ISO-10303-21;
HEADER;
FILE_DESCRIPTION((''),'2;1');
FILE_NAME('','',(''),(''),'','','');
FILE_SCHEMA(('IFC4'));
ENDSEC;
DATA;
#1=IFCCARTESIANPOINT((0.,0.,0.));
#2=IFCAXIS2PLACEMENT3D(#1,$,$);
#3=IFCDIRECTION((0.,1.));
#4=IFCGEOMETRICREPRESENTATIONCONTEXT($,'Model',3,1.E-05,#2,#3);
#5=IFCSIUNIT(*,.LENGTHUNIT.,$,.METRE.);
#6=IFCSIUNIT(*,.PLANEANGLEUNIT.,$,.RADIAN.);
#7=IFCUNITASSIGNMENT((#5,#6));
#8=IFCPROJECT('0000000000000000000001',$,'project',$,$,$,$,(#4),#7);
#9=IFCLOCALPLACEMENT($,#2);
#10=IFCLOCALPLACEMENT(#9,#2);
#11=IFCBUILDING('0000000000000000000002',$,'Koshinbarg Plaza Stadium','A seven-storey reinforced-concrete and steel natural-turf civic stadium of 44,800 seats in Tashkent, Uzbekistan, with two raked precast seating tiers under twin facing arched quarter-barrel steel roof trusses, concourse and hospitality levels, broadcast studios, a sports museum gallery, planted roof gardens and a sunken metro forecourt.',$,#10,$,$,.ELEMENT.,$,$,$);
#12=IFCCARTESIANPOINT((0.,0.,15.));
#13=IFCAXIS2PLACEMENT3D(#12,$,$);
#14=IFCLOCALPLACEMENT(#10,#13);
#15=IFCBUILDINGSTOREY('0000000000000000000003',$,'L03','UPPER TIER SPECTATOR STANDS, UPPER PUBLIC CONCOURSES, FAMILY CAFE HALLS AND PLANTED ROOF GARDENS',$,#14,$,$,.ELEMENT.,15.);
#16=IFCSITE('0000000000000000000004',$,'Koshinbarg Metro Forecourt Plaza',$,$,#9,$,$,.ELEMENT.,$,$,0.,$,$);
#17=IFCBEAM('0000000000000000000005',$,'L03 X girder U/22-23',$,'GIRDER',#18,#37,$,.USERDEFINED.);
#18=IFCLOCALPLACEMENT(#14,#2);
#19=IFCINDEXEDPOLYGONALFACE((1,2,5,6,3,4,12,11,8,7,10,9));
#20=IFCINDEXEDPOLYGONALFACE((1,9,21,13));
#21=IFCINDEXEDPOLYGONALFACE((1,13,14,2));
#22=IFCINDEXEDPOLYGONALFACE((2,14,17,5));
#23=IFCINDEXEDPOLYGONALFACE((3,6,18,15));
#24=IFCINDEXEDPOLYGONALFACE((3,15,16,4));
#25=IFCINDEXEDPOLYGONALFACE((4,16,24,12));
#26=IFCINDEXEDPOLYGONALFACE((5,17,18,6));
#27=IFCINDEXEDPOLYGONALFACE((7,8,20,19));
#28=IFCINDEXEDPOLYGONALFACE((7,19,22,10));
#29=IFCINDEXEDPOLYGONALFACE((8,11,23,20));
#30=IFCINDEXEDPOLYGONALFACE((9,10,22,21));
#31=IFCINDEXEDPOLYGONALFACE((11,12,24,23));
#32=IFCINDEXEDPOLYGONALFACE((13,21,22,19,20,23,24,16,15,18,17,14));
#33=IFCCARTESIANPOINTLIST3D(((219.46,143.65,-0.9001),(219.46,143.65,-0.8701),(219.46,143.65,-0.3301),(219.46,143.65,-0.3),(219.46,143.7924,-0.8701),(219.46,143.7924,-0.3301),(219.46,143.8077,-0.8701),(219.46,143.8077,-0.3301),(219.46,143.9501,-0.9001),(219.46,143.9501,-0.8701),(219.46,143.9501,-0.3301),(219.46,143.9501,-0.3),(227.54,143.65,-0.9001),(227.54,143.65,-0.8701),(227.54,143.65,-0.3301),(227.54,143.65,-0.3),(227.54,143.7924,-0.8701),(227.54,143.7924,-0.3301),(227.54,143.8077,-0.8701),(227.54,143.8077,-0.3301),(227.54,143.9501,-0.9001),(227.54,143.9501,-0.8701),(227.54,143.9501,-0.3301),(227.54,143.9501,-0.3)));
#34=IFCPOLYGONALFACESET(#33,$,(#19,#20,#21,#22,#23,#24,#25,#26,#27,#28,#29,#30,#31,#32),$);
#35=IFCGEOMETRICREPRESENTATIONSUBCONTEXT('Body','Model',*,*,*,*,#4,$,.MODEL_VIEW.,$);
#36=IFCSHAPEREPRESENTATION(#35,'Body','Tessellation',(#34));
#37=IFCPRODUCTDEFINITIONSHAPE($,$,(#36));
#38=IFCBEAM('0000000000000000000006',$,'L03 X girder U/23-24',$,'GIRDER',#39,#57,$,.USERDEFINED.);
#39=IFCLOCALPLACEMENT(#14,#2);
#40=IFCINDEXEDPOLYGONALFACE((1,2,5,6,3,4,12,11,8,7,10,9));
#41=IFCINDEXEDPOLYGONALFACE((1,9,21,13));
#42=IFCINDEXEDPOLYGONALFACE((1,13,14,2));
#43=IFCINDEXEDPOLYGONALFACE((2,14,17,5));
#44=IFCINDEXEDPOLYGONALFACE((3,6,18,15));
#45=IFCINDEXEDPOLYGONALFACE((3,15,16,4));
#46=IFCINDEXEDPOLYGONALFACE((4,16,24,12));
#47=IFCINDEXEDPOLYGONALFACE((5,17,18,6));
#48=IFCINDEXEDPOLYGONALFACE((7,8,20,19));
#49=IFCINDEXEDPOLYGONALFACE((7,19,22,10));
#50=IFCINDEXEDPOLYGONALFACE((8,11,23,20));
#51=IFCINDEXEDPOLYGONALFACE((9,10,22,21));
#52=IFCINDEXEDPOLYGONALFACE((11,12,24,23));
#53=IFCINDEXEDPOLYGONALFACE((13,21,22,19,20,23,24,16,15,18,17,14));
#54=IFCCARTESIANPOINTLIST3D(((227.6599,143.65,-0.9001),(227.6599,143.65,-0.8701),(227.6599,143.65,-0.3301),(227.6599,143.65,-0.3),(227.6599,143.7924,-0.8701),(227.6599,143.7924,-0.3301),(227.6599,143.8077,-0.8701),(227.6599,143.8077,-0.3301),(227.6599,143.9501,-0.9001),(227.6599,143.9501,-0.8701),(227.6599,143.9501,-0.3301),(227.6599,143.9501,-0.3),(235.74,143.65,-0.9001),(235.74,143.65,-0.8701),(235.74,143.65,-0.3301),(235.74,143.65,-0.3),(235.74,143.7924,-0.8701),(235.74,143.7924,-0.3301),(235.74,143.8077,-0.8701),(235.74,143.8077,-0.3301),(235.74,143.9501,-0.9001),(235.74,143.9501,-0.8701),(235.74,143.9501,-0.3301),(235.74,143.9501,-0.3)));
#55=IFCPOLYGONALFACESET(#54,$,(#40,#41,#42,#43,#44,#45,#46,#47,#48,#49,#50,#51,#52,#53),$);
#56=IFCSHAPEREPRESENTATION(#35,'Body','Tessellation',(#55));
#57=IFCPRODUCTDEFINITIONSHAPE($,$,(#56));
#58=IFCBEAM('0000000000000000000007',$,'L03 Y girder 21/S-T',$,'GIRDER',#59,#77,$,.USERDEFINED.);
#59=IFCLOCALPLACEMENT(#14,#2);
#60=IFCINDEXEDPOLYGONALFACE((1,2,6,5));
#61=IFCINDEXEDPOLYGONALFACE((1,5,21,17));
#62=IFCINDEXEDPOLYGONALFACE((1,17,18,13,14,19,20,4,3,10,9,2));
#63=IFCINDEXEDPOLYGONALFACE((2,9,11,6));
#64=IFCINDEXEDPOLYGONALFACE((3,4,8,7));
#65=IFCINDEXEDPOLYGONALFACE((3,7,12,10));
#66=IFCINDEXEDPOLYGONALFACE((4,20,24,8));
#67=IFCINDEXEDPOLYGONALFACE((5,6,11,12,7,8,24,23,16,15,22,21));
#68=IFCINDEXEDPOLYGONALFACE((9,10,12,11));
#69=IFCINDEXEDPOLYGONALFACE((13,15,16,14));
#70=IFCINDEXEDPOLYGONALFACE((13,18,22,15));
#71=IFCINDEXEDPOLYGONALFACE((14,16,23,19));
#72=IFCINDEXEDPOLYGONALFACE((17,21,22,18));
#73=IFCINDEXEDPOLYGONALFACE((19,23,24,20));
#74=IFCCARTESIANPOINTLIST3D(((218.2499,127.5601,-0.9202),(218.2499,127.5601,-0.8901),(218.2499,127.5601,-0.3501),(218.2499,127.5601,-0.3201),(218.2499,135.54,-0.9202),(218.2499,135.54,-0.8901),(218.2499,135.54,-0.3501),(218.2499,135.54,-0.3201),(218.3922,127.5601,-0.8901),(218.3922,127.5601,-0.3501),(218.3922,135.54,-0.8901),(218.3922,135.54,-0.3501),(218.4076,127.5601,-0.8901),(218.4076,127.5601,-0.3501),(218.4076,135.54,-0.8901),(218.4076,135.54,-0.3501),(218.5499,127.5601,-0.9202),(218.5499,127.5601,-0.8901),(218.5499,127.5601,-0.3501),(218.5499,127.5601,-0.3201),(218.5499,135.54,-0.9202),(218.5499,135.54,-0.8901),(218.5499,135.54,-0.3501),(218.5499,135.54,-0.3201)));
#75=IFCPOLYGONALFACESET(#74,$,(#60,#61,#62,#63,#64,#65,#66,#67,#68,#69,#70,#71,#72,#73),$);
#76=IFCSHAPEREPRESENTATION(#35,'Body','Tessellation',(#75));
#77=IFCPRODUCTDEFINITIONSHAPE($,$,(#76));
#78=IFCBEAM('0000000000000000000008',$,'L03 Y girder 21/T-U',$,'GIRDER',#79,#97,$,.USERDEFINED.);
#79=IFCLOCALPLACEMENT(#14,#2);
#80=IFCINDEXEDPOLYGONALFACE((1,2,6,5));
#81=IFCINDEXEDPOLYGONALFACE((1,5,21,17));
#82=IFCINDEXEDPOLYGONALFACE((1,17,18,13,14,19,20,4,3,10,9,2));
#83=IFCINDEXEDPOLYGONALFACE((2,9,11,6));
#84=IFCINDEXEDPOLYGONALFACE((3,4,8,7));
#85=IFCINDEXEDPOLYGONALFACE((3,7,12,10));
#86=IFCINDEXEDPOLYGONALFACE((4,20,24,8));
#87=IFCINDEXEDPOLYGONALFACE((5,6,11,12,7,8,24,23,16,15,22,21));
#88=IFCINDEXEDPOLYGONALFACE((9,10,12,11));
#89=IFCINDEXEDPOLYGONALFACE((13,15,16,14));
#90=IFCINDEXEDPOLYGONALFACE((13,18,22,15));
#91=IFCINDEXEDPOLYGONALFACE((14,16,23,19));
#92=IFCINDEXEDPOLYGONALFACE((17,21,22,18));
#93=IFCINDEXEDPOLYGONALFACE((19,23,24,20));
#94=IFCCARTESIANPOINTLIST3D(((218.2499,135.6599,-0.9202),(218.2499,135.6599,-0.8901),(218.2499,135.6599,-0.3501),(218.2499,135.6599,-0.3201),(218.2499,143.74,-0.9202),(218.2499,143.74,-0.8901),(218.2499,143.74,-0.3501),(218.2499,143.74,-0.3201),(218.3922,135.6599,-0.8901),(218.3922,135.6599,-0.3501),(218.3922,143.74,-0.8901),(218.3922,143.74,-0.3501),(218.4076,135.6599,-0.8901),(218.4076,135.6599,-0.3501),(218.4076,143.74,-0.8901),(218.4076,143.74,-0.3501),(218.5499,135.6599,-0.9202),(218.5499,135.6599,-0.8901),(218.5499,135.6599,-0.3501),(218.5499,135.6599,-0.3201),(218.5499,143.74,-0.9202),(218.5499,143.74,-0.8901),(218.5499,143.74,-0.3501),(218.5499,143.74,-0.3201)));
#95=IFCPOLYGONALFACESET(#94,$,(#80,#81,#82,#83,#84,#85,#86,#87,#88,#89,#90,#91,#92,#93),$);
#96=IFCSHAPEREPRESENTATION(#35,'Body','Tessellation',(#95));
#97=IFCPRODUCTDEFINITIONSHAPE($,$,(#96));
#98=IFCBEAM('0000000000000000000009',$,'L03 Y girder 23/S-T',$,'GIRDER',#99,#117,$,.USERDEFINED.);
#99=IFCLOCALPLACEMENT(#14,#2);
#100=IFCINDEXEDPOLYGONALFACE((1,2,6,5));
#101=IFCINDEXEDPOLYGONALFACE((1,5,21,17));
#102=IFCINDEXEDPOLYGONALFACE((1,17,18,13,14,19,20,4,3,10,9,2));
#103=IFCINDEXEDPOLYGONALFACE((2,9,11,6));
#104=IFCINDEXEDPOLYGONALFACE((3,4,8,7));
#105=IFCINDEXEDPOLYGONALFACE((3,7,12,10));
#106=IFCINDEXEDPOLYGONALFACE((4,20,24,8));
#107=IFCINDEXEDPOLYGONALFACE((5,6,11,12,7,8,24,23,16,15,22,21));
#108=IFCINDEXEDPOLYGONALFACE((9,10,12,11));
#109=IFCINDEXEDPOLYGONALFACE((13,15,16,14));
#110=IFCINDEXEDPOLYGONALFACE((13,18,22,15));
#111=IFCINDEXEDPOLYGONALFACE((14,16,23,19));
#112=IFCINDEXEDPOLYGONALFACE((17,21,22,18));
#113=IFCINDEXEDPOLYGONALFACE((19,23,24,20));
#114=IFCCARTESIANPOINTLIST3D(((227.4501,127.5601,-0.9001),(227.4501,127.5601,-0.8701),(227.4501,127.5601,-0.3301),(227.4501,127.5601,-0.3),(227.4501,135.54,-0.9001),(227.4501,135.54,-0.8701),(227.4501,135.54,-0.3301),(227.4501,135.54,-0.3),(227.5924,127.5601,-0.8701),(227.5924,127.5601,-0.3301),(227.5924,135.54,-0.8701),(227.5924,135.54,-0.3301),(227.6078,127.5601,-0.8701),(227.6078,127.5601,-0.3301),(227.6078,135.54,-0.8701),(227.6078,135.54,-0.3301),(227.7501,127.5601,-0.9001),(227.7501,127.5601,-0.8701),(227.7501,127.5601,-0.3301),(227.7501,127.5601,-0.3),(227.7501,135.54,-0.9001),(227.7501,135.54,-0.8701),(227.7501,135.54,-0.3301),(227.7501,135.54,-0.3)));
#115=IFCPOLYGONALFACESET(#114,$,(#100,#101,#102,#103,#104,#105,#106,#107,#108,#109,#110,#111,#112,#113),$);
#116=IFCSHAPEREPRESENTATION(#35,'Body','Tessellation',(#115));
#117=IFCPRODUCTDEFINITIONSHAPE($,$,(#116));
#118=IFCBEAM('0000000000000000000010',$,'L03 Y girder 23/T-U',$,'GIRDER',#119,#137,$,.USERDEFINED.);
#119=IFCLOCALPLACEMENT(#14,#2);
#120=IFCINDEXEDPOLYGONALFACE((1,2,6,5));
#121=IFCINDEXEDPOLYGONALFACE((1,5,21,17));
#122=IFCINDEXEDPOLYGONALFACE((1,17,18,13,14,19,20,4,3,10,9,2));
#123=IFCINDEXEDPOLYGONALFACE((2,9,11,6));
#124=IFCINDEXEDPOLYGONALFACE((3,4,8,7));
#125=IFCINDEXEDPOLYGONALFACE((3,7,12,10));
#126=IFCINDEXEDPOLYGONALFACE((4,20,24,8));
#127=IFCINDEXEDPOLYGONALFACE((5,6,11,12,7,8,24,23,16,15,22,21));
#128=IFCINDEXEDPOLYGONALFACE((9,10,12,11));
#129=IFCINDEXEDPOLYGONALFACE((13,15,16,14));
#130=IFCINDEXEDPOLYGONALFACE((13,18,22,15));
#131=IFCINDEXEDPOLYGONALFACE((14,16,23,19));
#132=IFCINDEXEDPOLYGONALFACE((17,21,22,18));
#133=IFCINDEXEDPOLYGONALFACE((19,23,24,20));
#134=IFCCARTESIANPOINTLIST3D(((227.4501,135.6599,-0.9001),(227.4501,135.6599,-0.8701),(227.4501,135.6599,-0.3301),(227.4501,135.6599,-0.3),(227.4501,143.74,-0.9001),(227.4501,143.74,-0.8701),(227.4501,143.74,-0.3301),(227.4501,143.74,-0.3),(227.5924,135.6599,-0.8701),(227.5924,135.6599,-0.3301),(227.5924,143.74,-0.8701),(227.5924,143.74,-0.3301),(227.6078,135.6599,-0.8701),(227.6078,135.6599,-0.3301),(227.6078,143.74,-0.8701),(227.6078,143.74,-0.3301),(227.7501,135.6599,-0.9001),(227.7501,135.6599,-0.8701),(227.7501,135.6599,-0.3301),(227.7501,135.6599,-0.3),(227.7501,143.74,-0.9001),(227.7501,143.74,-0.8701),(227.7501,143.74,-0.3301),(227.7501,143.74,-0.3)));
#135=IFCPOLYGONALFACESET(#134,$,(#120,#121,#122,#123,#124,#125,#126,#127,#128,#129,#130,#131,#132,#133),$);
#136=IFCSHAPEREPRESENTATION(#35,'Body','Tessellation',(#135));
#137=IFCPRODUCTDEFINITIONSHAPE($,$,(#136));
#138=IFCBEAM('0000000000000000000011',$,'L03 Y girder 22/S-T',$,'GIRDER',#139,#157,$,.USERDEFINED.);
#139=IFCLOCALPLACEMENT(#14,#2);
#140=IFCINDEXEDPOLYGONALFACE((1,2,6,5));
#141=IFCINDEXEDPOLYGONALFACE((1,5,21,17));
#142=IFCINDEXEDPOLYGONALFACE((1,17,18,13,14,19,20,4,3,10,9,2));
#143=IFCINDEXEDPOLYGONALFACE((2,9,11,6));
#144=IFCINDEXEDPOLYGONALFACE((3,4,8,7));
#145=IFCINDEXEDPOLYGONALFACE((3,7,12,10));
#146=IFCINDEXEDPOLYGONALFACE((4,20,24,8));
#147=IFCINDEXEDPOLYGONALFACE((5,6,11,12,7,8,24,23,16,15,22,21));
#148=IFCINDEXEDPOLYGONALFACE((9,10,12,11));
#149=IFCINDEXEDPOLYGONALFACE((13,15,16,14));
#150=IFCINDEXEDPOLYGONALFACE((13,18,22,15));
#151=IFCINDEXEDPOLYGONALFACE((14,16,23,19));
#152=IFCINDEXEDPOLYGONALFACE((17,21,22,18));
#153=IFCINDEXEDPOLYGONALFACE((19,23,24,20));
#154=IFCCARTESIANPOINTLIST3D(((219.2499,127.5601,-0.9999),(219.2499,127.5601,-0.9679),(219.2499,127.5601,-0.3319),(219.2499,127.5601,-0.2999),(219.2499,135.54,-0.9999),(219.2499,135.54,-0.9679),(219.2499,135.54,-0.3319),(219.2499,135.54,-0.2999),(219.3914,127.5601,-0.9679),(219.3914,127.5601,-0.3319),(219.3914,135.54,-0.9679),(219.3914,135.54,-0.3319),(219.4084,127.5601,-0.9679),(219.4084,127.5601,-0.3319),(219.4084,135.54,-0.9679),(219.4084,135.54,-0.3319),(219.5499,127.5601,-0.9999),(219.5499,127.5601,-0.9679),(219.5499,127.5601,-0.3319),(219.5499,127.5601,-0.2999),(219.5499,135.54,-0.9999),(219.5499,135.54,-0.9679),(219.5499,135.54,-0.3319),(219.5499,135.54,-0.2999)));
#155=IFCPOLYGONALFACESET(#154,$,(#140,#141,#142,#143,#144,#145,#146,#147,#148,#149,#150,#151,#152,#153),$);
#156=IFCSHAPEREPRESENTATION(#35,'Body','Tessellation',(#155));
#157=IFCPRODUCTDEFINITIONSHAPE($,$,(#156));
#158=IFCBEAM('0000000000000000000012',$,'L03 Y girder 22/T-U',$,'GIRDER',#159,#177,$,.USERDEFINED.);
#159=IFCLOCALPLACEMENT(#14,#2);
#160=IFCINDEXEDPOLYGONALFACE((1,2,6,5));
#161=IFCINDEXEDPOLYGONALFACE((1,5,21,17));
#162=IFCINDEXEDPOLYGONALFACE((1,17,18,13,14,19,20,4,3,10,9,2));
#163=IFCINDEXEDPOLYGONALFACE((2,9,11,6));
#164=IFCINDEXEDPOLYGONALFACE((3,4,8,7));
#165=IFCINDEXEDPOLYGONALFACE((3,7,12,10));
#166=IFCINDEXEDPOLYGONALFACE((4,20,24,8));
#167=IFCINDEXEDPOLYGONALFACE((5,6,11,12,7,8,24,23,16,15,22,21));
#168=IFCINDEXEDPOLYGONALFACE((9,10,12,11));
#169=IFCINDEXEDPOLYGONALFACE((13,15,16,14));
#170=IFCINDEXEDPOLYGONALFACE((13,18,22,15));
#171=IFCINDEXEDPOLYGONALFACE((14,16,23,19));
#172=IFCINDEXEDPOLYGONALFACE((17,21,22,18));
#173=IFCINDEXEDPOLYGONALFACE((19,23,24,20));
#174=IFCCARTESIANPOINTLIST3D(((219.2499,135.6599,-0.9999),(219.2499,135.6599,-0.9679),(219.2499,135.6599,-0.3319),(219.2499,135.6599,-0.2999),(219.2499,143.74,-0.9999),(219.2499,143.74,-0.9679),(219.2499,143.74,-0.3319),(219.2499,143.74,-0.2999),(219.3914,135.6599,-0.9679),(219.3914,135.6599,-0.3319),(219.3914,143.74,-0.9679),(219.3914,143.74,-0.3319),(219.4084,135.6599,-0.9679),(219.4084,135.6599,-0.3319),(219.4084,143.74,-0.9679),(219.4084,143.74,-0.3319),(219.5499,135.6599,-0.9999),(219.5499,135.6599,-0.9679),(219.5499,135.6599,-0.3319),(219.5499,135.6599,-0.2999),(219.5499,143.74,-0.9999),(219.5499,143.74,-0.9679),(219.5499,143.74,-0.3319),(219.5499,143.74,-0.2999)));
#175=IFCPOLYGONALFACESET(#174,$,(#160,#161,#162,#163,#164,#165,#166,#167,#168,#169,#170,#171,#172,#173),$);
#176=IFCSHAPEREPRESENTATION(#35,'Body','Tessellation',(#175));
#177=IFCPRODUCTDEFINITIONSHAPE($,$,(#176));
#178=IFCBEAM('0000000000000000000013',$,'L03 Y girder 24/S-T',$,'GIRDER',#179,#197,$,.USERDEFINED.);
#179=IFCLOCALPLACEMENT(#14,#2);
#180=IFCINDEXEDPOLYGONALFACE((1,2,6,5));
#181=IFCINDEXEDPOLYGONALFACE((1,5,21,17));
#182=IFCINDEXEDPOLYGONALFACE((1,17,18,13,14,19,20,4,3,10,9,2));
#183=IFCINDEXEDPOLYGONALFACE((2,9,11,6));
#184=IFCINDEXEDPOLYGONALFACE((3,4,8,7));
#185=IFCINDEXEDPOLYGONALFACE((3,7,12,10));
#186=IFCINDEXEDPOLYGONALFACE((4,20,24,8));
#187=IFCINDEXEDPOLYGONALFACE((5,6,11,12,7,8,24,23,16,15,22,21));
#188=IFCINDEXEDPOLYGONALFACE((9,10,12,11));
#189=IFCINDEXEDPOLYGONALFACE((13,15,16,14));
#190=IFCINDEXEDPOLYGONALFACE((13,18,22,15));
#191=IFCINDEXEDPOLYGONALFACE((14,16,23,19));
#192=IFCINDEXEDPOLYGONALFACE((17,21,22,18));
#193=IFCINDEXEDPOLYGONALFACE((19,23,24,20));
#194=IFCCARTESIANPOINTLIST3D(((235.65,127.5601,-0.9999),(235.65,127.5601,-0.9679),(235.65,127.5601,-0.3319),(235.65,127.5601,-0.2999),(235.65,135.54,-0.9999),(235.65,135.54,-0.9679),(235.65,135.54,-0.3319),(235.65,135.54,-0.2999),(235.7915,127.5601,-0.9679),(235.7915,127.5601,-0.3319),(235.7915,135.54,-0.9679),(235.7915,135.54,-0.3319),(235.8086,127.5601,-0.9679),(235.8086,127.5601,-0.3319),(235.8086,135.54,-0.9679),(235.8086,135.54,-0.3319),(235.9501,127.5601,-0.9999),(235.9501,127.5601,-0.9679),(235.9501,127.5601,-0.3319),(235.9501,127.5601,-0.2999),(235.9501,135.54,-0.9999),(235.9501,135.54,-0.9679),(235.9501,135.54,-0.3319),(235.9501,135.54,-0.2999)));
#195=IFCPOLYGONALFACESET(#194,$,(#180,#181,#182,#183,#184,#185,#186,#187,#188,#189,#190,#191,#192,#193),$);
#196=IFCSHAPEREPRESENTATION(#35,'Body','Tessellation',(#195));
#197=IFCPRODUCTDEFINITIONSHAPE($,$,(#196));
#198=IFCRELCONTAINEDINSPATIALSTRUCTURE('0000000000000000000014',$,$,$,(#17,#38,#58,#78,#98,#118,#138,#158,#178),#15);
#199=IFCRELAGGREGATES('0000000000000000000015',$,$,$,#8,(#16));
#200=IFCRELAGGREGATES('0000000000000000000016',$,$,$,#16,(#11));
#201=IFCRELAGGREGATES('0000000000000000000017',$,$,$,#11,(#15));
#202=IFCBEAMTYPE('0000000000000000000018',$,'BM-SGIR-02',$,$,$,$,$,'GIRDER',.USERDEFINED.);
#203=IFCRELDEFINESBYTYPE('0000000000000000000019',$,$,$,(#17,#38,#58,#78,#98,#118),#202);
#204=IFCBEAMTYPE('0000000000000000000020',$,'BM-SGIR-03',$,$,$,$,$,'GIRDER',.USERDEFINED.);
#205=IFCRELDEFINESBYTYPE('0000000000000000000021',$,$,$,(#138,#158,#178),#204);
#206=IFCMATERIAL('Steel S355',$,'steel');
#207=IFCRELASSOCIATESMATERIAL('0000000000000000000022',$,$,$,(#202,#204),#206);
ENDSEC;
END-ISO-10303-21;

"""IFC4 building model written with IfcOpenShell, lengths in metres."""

from ifc_helpers import new_model, si_unit, direction, frame, origin, origin_2d, place, context, subcontext, project, spatial, i_section, extrude, material, material_profile, profile_set, type_object, element, save


model = new_model("IFC4")

# Units and contexts
model_context = context("Model", 3, precision=1e-05, world=origin(), true_north=direction((0.0, 1.0)))
body_context = subcontext(model_context, "Body", "Model", "MODEL_VIEW")
ifc_project = project(units=[si_unit("LENGTHUNIT", "METRE"), si_unit("PLANEANGLEUNIT", "RADIAN")], contexts=[model_context])

# Site, building, storey
site_placement = place(None, origin())
site = spatial("IfcSite", under=ifc_project, at=site_placement, Name="Koshinbarg Metro Forecourt Plaza", CompositionType="ELEMENT", RefElevation=0.0)
building_placement = place(site_placement, origin())
building = spatial("IfcBuilding", under=site, at=building_placement, Name="Koshinbarg Plaza Stadium", Description="A seven-storey reinforced-concrete and steel natural-turf civic stadium of 44,800 seats in Tashkent, Uzbekistan, with two raked precast seating tiers under twin facing arched quarter-barrel steel roof trusses, concourse and hospitality levels, broadcast studios, a sports museum gallery, planted roof gardens and a sunken metro forecourt.", CompositionType="ELEMENT")
storey_placement = place(building_placement, frame((0.0, 0.0, 15.0)))
storey = spatial("IfcBuildingStorey", under=building, at=storey_placement, Name="L03", Description="UPPER TIER SPECTATOR STANDS, UPPER PUBLIC CONCOURSES, FAMILY CAFE HALLS AND PLANTED ROOF GARDENS", CompositionType="ELEMENT", Elevation=15.0)

# Beams
ifc_material_1 = material(Name="Steel S355", Category="steel")
ifc_material_profile_1 = material_profile(ifc_material_1, i_section(OverallWidth=0.3, OverallDepth=0.6001, WebThickness=0.0154, FlangeThickness=0.03, at=origin_2d()), Name="HEB 600")
ifc_profile_set_1 = profile_set([ifc_material_profile_1], Name="Steel S355")
beam_type_1 = type_object("IfcBeamType", Name="BM-SGIR-02", ElementType="GIRDER", PredefinedType="USERDEFINED", material=ifc_profile_set_1)
for number, where, z_axis, x_axis, name in (
    (1, (219.46, 143.8, -0.6001), (1.0, 0.0, 0.0), (0.0, 1.0, 0.0), "L03 X girder U/22-23"),
    (2, (227.6599, 143.8, -0.6001), (1.0, 0.0, 0.0), (0.0, 1.0, 0.0), "L03 X girder U/23-24"),
):
    element("IfcBeam", number, at=place(storey_placement, frame(where, z_axis=z_axis, x_axis=x_axis)), inside=storey, type_object=beam_type_1, Name=name, ObjectType="GIRDER", PredefinedType="USERDEFINED", context=body_context, shape_type="SweptSolid", body=[
        extrude(i_section(OverallWidth=0.3, OverallDepth=0.6001, WebThickness=0.0154, FlangeThickness=0.03, at=origin_2d()), origin(), (0.0, 0.0, 1.0), 8.0801),
    ])
beam_1_placement = place(storey_placement, frame((218.3999, 127.5601, -0.6201), z_axis=(0.0, 1.0, 0.0), x_axis=(-1.0, 0.0, 0.0)))
element("IfcBeam", 3, at=beam_1_placement, inside=storey, type_object=beam_type_1, Name="L03 Y girder 21/S-T", ObjectType="GIRDER", PredefinedType="USERDEFINED", context=body_context, shape_type="SweptSolid", body=[
    extrude(i_section(OverallWidth=0.3, OverallDepth=0.6001, WebThickness=0.0154, FlangeThickness=0.03, at=origin_2d()), origin(), (0.0, 0.0, 1.0), 7.98),
])
beam_2_placement = place(storey_placement, frame((218.3999, 135.6599, -0.6201), z_axis=(0.0, 1.0, 0.0), x_axis=(-1.0, 0.0, 0.0)))
element("IfcBeam", 4, at=beam_2_placement, inside=storey, type_object=beam_type_1, Name="L03 Y girder 21/T-U", ObjectType="GIRDER", PredefinedType="USERDEFINED", context=body_context, shape_type="SweptSolid", body=[
    extrude(i_section(OverallWidth=0.3, OverallDepth=0.6001, WebThickness=0.0154, FlangeThickness=0.03, at=origin_2d()), origin(), (0.0, 0.0, 1.0), 8.0801),
])
beam_3_placement = place(storey_placement, frame((227.6001, 127.5601, -0.6001), z_axis=(0.0, 1.0, 0.0), x_axis=(-1.0, 0.0, 0.0)))
element("IfcBeam", 5, at=beam_3_placement, inside=storey, type_object=beam_type_1, Name="L03 Y girder 23/S-T", ObjectType="GIRDER", PredefinedType="USERDEFINED", context=body_context, shape_type="SweptSolid", body=[
    extrude(i_section(OverallWidth=0.3, OverallDepth=0.6001, WebThickness=0.0154, FlangeThickness=0.03, at=origin_2d()), origin(), (0.0, 0.0, 1.0), 7.98),
])
beam_4_placement = place(storey_placement, frame((227.6001, 135.6599, -0.6001), z_axis=(0.0, 1.0, 0.0), x_axis=(-1.0, 0.0, 0.0)))
element("IfcBeam", 6, at=beam_4_placement, inside=storey, type_object=beam_type_1, Name="L03 Y girder 23/T-U", ObjectType="GIRDER", PredefinedType="USERDEFINED", context=body_context, shape_type="SweptSolid", body=[
    extrude(i_section(OverallWidth=0.3, OverallDepth=0.6001, WebThickness=0.0154, FlangeThickness=0.03, at=origin_2d()), origin(), (0.0, 0.0, 1.0), 8.0801),
])
ifc_material_profile_2 = material_profile(ifc_material_1, i_section(OverallWidth=0.3, OverallDepth=0.7, WebThickness=0.0171, FlangeThickness=0.032, at=origin_2d()), Name="HEB 700")
ifc_profile_set_2 = profile_set([ifc_material_profile_2], Name="Steel S355")
beam_type_2 = type_object("IfcBeamType", Name="BM-SGIR-03", ElementType="GIRDER", PredefinedType="USERDEFINED", material=ifc_profile_set_2)
beam_5_placement = place(storey_placement, frame((219.3999, 127.5601, -0.6499), z_axis=(0.0, 1.0, 0.0), x_axis=(-1.0, 0.0, 0.0)))
element("IfcBeam", 7, at=beam_5_placement, inside=storey, type_object=beam_type_2, Name="L03 Y girder 22/S-T", ObjectType="GIRDER", PredefinedType="USERDEFINED", context=body_context, shape_type="SweptSolid", body=[
    extrude(i_section(OverallWidth=0.3, OverallDepth=0.7, WebThickness=0.0171, FlangeThickness=0.032, at=origin_2d()), origin(), (0.0, 0.0, 1.0), 7.98),
])
beam_6_placement = place(storey_placement, frame((219.3999, 135.6599, -0.6499), z_axis=(0.0, 1.0, 0.0), x_axis=(-1.0, 0.0, 0.0)))
element("IfcBeam", 8, at=beam_6_placement, inside=storey, type_object=beam_type_2, Name="L03 Y girder 22/T-U", ObjectType="GIRDER", PredefinedType="USERDEFINED", context=body_context, shape_type="SweptSolid", body=[
    extrude(i_section(OverallWidth=0.3, OverallDepth=0.7, WebThickness=0.0171, FlangeThickness=0.032, at=origin_2d()), origin(), (0.0, 0.0, 1.0), 8.0801),
])
beam_7_placement = place(storey_placement, frame((235.8, 127.5601, -0.6499), z_axis=(0.0, 1.0, 0.0), x_axis=(-1.0, 0.0, 0.0)))
element("IfcBeam", 9, at=beam_7_placement, inside=storey, type_object=beam_type_2, Name="L03 Y girder 24/S-T", ObjectType="GIRDER", PredefinedType="USERDEFINED", context=body_context, shape_type="SweptSolid", body=[
    extrude(i_section(OverallWidth=0.3, OverallDepth=0.7, WebThickness=0.0171, FlangeThickness=0.032, at=origin_2d()), origin(), (0.0, 0.0, 1.0), 7.98),
])

save(model, "model.ifc")
